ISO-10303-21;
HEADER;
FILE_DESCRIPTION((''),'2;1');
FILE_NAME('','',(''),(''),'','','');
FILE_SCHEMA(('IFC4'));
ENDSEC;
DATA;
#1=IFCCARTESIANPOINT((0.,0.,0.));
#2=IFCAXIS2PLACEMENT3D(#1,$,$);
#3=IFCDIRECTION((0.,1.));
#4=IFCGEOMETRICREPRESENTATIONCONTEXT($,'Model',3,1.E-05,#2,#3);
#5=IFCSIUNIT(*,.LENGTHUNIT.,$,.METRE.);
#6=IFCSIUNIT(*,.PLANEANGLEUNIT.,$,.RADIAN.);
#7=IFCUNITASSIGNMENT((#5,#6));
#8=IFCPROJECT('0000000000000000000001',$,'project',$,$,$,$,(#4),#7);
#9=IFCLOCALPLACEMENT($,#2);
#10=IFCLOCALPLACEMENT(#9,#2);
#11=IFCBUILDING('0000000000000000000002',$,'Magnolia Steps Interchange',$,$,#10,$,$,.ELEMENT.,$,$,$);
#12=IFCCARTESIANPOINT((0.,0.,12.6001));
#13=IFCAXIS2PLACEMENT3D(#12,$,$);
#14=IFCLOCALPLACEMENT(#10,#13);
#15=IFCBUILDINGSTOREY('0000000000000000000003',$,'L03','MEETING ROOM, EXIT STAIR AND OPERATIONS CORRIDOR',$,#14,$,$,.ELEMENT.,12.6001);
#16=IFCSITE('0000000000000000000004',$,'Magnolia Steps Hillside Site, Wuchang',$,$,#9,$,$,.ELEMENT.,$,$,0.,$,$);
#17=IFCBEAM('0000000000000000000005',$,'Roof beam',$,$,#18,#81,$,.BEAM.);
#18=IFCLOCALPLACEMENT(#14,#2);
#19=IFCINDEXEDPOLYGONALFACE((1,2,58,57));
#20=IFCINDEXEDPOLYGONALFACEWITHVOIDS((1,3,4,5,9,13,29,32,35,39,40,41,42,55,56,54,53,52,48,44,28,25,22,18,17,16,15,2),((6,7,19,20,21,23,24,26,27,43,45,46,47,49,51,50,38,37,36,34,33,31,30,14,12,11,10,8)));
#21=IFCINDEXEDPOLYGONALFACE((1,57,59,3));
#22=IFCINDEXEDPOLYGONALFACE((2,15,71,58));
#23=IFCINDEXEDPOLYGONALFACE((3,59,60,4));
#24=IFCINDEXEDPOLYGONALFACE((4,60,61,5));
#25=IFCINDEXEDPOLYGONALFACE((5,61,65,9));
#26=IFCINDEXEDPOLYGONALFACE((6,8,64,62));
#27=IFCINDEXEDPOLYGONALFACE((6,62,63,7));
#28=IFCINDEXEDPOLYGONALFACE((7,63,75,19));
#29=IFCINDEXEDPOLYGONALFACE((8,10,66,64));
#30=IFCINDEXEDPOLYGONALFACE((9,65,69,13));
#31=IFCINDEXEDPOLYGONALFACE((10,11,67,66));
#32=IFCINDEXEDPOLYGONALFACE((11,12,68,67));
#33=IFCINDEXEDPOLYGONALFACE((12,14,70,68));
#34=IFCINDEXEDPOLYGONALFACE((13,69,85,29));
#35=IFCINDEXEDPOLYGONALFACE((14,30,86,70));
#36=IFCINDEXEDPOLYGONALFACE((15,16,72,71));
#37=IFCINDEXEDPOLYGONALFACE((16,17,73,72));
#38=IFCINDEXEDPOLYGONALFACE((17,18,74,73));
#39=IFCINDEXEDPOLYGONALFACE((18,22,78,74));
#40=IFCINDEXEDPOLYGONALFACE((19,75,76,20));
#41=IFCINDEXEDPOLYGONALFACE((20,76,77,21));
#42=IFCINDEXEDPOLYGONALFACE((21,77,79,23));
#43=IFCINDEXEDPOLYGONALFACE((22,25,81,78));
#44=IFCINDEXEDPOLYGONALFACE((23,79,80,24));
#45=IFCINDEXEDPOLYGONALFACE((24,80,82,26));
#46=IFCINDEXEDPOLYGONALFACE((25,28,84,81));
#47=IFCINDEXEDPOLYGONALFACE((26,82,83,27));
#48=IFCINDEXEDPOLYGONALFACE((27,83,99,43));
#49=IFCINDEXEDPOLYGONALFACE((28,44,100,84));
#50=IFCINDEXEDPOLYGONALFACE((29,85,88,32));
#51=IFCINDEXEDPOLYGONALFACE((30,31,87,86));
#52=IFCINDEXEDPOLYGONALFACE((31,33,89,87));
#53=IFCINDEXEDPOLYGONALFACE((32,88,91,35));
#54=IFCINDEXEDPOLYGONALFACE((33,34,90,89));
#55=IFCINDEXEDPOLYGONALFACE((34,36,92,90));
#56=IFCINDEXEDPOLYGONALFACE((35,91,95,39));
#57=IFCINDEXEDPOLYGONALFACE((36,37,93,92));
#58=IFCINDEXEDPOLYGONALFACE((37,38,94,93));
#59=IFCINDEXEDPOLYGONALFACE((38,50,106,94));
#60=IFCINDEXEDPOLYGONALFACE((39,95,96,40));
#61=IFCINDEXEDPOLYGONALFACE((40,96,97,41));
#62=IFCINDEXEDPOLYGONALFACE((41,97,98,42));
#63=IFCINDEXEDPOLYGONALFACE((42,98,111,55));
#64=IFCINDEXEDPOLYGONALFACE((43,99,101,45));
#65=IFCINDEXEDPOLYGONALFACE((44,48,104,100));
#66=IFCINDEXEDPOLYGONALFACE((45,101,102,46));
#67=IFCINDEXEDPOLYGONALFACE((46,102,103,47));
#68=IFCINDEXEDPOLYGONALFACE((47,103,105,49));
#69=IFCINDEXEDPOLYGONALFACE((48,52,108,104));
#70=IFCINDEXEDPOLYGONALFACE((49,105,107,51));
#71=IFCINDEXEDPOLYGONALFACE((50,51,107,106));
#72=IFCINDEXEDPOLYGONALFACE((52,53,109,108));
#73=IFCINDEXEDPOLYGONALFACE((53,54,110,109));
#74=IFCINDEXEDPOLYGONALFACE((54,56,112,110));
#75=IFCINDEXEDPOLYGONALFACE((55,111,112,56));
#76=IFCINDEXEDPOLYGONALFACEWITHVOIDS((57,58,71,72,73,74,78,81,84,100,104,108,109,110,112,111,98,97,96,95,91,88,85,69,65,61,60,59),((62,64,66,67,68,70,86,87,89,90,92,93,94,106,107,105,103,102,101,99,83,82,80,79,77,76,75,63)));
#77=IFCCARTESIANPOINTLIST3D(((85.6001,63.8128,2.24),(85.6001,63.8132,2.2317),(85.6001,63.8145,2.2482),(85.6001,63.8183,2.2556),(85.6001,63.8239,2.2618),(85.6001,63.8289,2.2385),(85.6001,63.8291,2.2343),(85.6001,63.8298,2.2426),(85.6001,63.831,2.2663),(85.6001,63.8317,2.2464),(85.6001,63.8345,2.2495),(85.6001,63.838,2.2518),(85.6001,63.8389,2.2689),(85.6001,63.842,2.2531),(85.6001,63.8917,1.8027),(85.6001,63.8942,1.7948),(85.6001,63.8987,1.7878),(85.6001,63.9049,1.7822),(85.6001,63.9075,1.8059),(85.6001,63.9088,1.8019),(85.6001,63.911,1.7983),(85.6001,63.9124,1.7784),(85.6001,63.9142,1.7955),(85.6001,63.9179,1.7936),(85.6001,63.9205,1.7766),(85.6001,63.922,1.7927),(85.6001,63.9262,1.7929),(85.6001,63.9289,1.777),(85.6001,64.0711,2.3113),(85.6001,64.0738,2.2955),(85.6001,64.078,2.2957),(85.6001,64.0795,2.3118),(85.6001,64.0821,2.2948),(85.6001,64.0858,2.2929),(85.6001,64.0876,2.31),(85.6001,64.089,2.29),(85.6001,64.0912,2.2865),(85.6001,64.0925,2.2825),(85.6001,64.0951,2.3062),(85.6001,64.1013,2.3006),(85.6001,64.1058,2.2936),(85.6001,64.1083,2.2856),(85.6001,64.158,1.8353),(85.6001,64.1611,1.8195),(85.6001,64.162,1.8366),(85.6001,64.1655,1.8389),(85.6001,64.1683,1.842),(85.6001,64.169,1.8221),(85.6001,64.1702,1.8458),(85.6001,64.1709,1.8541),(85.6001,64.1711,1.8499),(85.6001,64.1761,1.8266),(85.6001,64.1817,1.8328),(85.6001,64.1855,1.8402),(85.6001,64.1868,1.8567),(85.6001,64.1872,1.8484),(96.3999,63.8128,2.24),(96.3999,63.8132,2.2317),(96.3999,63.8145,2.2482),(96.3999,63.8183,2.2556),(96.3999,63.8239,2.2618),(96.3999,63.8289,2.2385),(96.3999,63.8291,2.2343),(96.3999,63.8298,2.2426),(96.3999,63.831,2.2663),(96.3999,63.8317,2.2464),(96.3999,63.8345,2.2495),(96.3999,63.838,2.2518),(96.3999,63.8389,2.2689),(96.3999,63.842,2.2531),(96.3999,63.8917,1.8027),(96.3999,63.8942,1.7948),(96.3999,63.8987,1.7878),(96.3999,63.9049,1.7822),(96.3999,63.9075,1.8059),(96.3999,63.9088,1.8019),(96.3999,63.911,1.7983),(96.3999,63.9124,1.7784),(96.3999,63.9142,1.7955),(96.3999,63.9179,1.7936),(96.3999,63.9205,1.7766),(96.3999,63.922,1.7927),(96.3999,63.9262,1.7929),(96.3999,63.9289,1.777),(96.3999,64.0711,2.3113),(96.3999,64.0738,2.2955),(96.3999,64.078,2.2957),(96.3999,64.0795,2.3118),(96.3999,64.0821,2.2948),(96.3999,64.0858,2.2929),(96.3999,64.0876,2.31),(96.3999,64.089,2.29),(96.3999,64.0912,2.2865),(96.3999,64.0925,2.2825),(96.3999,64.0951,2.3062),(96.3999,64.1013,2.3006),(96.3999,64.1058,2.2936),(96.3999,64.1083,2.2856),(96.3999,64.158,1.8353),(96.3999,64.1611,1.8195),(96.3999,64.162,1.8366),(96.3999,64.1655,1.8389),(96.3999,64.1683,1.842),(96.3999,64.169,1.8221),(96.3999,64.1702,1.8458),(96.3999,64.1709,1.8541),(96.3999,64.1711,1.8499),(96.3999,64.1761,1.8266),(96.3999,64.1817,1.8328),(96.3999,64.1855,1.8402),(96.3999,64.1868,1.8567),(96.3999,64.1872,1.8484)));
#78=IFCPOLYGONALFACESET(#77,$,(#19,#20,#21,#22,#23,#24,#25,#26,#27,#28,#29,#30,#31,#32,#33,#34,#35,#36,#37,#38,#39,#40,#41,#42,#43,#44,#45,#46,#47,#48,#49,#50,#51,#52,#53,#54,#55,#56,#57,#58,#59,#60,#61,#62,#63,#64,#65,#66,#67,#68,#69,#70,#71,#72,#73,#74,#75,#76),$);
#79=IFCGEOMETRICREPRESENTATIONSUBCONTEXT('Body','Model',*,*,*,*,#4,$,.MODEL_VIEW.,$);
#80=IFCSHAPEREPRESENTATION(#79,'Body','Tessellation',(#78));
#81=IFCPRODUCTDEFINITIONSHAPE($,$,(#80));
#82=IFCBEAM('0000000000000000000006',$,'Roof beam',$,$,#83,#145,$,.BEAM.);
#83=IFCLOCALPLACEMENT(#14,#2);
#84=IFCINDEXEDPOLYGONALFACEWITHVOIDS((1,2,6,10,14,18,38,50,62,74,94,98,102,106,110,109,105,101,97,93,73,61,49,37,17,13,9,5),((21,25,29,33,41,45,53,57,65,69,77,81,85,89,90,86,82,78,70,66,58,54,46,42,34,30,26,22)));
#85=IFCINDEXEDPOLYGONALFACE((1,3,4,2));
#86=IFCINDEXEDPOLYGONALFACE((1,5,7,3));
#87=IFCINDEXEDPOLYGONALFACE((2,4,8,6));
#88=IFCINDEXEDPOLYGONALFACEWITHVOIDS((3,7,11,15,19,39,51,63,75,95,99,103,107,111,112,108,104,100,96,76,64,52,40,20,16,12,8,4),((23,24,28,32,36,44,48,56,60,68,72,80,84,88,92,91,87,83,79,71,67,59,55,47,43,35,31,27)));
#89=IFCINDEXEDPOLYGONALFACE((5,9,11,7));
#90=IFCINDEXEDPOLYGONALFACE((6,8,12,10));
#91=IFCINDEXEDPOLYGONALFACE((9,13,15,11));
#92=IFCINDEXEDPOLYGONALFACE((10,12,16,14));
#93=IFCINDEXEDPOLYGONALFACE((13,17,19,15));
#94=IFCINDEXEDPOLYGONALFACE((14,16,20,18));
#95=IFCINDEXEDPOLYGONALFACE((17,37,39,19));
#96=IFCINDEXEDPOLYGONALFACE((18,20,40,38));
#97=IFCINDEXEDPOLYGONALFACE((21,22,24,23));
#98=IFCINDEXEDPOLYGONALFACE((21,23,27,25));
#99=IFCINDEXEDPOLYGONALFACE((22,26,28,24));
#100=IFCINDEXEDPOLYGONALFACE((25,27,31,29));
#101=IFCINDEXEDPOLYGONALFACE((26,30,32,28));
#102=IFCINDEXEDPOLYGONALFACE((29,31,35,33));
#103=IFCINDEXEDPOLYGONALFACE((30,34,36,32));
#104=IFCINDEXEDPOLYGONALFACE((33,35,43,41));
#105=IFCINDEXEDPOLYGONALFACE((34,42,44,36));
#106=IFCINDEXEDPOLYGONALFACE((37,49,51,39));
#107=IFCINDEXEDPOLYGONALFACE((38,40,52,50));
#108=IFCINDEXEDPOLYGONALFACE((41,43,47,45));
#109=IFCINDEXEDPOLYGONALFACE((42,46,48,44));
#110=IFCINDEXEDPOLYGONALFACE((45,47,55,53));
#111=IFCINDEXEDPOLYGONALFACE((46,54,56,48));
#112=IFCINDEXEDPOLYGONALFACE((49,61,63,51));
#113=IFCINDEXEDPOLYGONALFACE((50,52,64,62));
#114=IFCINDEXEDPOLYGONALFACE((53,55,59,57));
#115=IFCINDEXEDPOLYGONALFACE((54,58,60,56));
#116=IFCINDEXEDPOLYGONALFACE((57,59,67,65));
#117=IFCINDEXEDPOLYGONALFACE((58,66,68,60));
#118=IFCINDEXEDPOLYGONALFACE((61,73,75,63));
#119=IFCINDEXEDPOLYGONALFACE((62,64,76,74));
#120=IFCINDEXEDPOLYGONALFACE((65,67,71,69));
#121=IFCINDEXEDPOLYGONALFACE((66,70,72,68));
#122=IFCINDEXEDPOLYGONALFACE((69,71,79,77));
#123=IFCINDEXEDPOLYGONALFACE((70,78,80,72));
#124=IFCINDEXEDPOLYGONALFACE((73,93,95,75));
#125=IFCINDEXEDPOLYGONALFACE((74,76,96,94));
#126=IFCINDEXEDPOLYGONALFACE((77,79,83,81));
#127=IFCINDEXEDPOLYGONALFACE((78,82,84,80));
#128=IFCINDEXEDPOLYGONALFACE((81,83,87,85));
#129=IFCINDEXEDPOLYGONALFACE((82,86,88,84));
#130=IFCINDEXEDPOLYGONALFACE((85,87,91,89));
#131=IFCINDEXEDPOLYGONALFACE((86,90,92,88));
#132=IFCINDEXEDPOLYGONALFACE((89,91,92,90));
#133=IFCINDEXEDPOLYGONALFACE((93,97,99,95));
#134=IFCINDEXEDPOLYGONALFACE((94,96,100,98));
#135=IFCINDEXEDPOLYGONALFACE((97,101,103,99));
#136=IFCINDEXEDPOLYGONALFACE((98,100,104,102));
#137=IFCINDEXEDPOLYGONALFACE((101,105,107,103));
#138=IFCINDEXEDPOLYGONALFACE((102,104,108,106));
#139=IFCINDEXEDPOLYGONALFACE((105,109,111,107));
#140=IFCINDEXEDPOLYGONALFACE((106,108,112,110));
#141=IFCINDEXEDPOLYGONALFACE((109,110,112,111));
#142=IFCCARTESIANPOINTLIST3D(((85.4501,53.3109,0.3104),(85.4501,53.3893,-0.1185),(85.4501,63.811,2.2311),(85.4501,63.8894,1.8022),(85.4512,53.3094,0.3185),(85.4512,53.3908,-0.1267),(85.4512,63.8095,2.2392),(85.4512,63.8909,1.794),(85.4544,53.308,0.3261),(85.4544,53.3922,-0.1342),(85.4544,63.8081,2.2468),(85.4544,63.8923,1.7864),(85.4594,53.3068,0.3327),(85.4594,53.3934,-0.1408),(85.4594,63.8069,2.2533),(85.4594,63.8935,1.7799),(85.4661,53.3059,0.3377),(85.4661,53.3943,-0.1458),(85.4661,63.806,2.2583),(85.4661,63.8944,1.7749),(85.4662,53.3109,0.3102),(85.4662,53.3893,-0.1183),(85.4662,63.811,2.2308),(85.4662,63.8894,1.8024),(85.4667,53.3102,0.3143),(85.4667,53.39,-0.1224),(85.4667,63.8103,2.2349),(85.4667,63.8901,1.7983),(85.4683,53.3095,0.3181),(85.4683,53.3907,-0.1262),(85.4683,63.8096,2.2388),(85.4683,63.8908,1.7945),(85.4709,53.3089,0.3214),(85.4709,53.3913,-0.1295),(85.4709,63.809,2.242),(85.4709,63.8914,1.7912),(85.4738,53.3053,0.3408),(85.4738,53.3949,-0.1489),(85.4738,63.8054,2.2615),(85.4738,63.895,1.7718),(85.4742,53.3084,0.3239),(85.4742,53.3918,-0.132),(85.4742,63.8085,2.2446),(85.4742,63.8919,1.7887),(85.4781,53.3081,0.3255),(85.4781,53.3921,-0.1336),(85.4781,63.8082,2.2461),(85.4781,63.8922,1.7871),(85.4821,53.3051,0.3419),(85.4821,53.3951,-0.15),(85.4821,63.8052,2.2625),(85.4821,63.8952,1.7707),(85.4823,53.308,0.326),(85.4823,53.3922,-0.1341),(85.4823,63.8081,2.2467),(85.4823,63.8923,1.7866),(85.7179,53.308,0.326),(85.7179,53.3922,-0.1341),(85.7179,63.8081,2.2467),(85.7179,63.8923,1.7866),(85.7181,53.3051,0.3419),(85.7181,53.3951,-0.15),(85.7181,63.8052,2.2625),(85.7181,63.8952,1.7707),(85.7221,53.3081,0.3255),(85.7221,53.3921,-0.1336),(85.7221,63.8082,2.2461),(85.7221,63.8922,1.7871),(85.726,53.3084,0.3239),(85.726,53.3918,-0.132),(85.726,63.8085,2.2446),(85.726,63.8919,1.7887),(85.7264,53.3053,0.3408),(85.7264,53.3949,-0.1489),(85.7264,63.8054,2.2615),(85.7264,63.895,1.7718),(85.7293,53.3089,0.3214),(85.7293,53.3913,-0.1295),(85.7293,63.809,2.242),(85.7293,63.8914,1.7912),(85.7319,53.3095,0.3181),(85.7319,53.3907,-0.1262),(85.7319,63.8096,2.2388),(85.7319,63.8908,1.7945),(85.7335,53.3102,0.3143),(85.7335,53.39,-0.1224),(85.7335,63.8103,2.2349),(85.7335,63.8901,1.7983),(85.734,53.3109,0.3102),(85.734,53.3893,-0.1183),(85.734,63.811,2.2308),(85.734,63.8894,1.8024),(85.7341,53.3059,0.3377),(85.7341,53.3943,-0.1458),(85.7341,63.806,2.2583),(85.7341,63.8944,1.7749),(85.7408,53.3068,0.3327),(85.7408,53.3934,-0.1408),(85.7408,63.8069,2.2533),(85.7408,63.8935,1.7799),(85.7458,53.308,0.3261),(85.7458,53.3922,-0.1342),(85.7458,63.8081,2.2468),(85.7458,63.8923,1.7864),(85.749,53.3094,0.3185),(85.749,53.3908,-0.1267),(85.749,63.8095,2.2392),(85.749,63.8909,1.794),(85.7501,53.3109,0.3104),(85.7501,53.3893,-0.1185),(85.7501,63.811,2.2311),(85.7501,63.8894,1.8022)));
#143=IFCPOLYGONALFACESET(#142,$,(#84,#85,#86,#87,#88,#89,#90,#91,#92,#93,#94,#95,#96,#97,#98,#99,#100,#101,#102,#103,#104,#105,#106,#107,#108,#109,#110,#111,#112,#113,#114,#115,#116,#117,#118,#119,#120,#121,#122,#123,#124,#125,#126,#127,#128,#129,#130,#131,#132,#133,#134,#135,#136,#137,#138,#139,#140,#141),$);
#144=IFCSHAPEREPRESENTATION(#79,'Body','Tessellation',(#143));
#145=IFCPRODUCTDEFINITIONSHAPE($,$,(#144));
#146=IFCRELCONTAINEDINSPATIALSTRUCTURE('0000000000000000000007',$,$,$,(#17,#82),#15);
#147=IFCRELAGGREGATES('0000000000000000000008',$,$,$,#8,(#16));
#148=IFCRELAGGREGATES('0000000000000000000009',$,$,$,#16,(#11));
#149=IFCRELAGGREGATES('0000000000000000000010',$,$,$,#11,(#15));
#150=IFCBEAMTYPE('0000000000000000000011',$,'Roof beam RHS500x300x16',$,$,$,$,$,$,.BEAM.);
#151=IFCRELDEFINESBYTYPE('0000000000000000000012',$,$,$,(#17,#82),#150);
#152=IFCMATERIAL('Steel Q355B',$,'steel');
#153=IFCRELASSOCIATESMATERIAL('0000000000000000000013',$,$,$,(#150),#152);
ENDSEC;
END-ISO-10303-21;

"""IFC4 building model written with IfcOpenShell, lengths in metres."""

from ifc_helpers import new_model, si_unit, direction, frame, origin, origin_2d, place, context, subcontext, project, spatial, hollow_rectangle, extrude, material, material_profile, profile_set, type_object, element, save


model = new_model("IFC4")

# Units and contexts
model_context = context("Model", 3, precision=1e-05, world=origin(), true_north=direction((0.0, 1.0)))
body_context = subcontext(model_context, "Body", "Model", "MODEL_VIEW")
ifc_project = project(units=[si_unit("LENGTHUNIT", "METRE"), si_unit("PLANEANGLEUNIT", "RADIAN")], contexts=[model_context])

# Site, building, storey
site_placement = place(None, origin())
site = spatial("IfcSite", under=ifc_project, at=site_placement, Name="Magnolia Steps Hillside Site, Wuchang", CompositionType="ELEMENT", RefElevation=0.0)
building_placement = place(site_placement, origin())
building = spatial("IfcBuilding", under=site, at=building_placement, Name="Magnolia Steps Interchange", CompositionType="ELEMENT")
storey_placement = place(building_placement, frame((0.0, 0.0, 12.6001)))
storey = spatial("IfcBuildingStorey", under=building, at=storey_placement, Name="L03", Description="MEETING ROOM, EXIT STAIR AND OPERATIONS CORRIDOR", CompositionType="ELEMENT", Elevation=12.6001)

# Beams
ifc_material_1 = material(Name="Steel Q355B", Category="steel")
ifc_material_profile_1 = material_profile(ifc_material_1, hollow_rectangle(XDim=0.3, YDim=0.5, WallThickness=0.0161, InnerFilletRadius=0.0161, OuterFilletRadius=0.032, at=origin_2d()), Name="RHS500x300x16")
ifc_profile_set_1 = profile_set([ifc_material_profile_1], Name="Steel Q355B")
beam_type_1 = type_object("IfcBeamType", Name="Roof beam RHS500x300x16", PredefinedType="BEAM", material=ifc_profile_set_1)
for number, where, z_axis, x_axis, name in (
    (1, (85.6001, 64.0, 2.0442), (1.0, 0.0, 0.0), (0.0, 0.983677, 0.179941), "Roof beam"),
):
    element("IfcBeam", number, at=place(storey_placement, frame(where, z_axis=z_axis, x_axis=x_axis)), inside=storey, type_object=beam_type_1, Name=name, PredefinedType="BEAM", context=body_context, shape_type="SweptSolid", body=[
        extrude(hollow_rectangle(XDim=0.3, YDim=0.5, WallThickness=0.0161, InnerFilletRadius=0.0161, OuterFilletRadius=0.032, at=origin_2d()), origin(), (0.0, 0.0, 1.0), 10.7998),
    ])
for number, where, z_axis, x_axis, name in (
    (2, (85.6001, 53.3501, 0.0959), (0.0, 0.983679, 0.179934), (-1.0, 0.0, 0.0), "Roof beam"),
):
    element("IfcBeam", number, at=place(storey_placement, frame(where, z_axis=z_axis, x_axis=x_axis)), inside=storey, type_object=beam_type_1, Name=name, PredefinedType="BEAM", context=body_context, shape_type="SweptSolid", body=[
        extrude(hollow_rectangle(XDim=0.3, YDim=0.5, WallThickness=0.0161, InnerFilletRadius=0.0161, OuterFilletRadius=0.032, at=origin_2d()), origin(), (0.0, 0.0, 1.0), 10.6743),
    ])

save(model, "model.ifc")
